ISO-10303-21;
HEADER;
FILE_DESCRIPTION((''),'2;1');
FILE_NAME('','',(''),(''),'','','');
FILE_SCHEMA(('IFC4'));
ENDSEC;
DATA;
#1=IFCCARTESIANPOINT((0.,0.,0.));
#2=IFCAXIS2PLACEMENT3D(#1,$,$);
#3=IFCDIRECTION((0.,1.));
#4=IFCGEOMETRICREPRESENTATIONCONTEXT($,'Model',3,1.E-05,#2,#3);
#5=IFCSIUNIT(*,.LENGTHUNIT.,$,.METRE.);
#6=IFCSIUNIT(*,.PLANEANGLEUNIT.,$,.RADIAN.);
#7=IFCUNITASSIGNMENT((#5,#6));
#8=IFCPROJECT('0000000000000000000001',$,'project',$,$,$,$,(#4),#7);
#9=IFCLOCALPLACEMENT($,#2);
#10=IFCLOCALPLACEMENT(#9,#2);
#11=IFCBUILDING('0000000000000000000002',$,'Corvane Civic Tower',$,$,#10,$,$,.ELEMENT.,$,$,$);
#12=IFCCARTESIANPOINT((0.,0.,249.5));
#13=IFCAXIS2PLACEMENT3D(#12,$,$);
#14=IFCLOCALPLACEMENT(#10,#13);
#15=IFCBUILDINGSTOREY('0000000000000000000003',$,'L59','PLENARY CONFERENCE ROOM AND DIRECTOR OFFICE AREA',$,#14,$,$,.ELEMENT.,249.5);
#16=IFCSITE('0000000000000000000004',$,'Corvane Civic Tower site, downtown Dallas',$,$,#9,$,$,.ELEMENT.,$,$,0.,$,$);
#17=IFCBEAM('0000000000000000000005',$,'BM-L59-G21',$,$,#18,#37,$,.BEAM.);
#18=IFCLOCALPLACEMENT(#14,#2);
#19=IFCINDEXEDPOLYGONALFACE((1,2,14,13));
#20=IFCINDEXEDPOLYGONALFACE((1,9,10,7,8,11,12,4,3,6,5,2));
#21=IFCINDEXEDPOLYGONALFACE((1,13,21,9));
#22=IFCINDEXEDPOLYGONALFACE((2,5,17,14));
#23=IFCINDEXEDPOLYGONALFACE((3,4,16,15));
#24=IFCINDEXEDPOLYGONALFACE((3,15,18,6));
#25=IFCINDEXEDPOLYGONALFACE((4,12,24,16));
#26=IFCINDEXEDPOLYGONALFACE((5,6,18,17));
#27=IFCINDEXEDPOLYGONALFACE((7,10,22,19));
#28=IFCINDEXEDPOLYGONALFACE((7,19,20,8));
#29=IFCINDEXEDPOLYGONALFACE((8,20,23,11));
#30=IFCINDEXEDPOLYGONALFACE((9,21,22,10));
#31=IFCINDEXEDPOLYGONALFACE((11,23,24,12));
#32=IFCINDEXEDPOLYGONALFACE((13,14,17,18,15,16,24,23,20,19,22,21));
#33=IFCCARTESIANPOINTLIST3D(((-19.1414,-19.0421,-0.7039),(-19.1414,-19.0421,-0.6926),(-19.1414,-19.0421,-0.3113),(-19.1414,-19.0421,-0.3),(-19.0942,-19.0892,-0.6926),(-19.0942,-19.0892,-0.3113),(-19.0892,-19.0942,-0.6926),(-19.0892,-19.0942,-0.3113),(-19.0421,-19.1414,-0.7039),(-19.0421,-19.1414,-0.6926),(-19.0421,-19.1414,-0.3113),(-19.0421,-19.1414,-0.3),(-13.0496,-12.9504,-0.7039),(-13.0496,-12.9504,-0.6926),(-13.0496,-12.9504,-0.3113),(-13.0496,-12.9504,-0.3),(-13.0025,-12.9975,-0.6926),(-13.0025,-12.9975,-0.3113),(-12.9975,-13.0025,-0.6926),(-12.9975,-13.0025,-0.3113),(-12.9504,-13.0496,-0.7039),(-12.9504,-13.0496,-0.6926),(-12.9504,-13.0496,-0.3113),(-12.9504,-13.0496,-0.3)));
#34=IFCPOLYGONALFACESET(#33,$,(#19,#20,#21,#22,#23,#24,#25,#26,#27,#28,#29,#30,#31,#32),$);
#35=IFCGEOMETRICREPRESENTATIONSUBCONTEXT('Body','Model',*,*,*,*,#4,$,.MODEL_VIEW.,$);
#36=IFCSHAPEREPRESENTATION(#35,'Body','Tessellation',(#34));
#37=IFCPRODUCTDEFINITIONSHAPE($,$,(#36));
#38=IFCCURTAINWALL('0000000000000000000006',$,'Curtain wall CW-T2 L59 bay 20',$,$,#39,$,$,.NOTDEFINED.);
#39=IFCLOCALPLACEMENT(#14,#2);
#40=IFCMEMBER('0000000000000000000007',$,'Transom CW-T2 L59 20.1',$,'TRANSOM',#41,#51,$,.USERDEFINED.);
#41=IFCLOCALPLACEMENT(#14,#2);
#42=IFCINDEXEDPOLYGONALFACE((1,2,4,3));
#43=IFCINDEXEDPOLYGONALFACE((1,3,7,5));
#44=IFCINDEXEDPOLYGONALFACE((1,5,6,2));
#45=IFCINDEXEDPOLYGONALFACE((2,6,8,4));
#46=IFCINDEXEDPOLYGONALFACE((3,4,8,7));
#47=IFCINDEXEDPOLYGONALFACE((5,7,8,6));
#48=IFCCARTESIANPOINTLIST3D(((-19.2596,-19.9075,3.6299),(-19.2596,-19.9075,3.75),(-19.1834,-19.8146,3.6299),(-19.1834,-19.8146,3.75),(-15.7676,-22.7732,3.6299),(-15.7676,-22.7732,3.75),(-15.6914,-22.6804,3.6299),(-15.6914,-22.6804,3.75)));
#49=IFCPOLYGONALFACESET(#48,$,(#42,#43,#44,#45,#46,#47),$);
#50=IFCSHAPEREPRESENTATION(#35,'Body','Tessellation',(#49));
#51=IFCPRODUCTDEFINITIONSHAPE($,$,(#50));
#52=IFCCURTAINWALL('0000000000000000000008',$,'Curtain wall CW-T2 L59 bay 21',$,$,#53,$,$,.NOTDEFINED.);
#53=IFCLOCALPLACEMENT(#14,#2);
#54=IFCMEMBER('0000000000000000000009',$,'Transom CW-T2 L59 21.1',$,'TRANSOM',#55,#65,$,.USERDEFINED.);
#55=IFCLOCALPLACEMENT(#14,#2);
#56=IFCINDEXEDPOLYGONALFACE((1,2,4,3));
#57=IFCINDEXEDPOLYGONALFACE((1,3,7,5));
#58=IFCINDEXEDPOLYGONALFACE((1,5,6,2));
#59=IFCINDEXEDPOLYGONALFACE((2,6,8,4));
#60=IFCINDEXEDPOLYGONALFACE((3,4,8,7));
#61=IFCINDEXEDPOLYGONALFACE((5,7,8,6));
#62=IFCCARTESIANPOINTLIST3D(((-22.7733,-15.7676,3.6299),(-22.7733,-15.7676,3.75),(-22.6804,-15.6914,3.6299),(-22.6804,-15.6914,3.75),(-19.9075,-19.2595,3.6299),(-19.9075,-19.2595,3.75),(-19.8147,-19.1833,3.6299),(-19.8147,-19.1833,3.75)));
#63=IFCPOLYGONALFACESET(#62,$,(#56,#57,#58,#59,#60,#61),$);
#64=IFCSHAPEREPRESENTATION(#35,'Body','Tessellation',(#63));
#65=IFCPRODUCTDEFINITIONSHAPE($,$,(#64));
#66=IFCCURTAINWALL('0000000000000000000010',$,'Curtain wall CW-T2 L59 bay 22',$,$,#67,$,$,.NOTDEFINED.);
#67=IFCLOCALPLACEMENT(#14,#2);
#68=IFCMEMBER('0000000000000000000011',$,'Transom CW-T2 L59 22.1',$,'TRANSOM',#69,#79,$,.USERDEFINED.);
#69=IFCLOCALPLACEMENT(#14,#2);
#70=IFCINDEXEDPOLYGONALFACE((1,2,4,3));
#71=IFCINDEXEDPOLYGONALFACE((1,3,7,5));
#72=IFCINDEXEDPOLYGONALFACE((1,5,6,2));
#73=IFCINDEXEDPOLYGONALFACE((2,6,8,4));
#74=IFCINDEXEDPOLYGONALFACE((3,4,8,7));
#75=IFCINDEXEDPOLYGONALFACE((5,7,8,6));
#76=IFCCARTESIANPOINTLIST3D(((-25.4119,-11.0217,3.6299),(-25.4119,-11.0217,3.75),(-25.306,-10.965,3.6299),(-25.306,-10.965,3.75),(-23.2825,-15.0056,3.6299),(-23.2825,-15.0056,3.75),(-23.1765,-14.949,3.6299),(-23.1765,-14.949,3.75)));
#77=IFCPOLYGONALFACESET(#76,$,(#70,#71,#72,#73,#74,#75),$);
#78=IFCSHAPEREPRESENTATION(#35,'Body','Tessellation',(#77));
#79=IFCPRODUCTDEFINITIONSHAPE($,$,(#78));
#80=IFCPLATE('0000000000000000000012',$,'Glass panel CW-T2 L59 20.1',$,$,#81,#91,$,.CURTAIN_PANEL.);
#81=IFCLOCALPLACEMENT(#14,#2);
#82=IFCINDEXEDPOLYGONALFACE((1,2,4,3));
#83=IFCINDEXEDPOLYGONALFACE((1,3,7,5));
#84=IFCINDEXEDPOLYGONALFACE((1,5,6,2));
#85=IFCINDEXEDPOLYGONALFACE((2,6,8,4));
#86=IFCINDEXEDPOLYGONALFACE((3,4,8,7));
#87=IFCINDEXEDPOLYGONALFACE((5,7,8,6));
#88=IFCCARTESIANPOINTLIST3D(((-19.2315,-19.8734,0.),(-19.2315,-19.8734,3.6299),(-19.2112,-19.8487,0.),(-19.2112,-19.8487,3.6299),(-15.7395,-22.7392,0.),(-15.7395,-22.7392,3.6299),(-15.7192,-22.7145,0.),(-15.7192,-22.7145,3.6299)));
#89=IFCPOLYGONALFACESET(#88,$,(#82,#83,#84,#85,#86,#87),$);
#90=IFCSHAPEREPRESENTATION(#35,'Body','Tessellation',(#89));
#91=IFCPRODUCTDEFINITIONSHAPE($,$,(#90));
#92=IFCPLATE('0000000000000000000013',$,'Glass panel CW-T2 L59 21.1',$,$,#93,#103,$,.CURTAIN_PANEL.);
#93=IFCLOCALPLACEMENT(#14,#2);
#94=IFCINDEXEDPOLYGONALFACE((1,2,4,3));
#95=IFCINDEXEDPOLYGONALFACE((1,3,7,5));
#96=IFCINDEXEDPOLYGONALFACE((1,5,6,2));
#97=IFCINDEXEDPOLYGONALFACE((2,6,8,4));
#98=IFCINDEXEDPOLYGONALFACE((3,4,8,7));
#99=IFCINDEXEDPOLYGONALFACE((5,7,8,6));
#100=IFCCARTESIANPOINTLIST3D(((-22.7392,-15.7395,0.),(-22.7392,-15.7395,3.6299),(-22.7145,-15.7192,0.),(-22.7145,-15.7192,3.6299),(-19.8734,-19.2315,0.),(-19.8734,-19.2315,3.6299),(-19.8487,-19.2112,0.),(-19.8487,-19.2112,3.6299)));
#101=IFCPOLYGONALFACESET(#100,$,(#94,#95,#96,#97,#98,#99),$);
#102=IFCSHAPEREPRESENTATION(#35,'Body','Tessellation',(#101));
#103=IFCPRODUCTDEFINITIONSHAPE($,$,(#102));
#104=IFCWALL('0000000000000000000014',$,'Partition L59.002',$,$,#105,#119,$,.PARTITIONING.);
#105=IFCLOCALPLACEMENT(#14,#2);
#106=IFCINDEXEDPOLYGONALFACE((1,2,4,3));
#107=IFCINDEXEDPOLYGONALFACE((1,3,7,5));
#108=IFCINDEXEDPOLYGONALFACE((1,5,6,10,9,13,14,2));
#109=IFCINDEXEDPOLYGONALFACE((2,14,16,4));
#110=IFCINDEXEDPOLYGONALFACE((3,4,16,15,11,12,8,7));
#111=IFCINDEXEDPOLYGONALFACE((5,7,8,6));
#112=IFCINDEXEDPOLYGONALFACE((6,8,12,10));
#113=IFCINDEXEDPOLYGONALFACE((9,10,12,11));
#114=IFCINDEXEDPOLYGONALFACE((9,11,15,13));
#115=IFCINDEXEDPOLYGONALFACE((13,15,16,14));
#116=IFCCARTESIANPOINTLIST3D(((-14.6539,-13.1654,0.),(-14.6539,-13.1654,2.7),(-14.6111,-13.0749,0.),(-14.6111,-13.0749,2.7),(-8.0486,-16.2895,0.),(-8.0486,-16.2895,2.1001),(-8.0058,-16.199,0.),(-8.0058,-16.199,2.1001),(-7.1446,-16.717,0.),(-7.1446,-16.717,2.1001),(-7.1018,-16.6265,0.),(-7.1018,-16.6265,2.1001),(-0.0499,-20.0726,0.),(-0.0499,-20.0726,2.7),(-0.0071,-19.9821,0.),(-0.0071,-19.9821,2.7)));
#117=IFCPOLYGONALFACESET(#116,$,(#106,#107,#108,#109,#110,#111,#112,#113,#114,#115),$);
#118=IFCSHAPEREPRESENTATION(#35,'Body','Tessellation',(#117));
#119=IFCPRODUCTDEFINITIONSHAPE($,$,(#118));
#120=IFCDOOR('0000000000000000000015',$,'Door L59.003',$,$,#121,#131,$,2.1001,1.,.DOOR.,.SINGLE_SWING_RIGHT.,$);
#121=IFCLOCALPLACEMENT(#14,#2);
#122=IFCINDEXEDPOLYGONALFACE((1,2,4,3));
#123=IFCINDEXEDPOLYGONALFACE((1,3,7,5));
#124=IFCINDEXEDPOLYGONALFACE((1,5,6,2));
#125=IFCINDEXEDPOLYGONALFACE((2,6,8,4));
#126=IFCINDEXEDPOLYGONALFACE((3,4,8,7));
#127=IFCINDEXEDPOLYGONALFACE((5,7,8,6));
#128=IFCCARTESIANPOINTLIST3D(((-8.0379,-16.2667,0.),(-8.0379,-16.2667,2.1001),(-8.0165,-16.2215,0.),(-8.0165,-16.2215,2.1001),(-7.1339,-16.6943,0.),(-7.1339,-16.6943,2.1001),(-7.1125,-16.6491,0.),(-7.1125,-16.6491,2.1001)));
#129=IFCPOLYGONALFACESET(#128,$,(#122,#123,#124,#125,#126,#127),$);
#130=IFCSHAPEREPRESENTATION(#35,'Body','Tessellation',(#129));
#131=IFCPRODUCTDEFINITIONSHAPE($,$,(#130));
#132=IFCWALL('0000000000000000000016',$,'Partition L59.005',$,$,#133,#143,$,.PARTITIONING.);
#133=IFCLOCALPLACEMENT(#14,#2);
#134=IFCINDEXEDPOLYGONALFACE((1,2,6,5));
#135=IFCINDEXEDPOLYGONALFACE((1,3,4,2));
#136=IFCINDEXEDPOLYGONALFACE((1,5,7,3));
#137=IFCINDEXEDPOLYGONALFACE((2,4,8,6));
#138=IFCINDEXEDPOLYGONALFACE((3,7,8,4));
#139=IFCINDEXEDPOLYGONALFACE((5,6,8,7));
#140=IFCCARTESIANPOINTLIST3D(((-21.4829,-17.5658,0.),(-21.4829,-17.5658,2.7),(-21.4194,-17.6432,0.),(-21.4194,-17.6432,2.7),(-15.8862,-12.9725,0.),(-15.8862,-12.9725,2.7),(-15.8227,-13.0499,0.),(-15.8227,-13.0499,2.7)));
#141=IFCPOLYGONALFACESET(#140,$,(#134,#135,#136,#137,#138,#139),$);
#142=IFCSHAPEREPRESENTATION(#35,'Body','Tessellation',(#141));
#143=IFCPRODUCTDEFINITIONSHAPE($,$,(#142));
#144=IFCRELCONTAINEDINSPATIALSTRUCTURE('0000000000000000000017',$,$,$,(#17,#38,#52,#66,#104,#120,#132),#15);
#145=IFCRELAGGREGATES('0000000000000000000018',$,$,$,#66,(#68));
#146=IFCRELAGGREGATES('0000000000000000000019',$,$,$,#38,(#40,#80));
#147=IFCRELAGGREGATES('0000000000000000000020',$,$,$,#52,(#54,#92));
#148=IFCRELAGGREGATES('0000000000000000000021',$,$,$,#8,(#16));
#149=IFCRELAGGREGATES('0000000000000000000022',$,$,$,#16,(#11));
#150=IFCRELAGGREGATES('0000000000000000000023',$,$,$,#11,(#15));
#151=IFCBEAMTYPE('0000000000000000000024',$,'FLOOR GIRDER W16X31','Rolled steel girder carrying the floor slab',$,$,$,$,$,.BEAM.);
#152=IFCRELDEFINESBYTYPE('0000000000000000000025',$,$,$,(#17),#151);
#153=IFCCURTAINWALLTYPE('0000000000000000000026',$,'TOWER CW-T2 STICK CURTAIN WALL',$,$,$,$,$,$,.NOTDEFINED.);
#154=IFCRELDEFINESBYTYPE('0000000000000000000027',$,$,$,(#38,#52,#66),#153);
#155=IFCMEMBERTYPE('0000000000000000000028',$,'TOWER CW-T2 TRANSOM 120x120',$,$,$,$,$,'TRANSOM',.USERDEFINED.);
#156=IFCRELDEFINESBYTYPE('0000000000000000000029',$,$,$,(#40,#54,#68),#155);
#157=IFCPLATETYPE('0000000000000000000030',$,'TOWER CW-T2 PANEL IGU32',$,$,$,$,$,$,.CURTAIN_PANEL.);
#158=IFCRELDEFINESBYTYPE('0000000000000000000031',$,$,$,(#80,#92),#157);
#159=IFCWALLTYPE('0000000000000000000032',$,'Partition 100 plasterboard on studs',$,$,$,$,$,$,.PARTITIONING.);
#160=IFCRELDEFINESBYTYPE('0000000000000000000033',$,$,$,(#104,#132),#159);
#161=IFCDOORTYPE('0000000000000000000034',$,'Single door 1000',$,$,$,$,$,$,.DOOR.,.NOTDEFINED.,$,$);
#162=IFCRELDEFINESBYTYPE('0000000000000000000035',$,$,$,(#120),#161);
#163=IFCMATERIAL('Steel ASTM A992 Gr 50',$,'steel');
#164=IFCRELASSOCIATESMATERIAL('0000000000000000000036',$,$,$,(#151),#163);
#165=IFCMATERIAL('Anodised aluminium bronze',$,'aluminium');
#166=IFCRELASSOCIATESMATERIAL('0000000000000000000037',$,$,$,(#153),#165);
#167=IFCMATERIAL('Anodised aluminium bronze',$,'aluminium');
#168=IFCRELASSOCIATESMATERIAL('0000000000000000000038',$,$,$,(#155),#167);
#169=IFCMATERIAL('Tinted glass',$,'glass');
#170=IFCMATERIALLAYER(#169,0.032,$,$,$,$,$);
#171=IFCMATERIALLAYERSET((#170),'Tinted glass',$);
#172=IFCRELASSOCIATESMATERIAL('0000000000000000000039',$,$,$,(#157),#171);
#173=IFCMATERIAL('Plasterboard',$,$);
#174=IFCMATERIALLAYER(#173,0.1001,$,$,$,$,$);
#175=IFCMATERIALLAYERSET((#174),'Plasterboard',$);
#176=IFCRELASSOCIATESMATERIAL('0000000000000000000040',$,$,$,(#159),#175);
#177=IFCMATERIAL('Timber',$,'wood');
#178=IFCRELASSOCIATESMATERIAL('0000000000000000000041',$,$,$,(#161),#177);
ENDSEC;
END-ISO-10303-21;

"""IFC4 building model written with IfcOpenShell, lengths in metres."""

from ifc_helpers import new_model, si_unit, direction, frame, frame_2d, origin, origin_2d, place, context, subcontext, project, spatial, rectangle, i_section, extrude, material, layer, layer_set, material_profile, profile_set, type_object, element, fill, aggregate, save


model = new_model("IFC4")

# Units and contexts
model_context = context("Model", 3, precision=1e-05, world=origin(), true_north=direction((0.0, 1.0)))
body_context = subcontext(model_context, "Body", "Model", "MODEL_VIEW")
ifc_project = project(units=[si_unit("LENGTHUNIT", "METRE"), si_unit("PLANEANGLEUNIT", "RADIAN")], contexts=[model_context])

# Site, building, storey
site_placement = place(None, origin())
site = spatial("IfcSite", under=ifc_project, at=site_placement, Name="Corvane Civic Tower site, downtown Dallas", CompositionType="ELEMENT", RefElevation=0.0)
building_placement = place(site_placement, origin())
building = spatial("IfcBuilding", under=site, at=building_placement, Name="Corvane Civic Tower", CompositionType="ELEMENT")
storey_placement = place(building_placement, frame((0.0, 0.0, 249.5)))
storey = spatial("IfcBuildingStorey", under=building, at=storey_placement, Name="L59", Description="PLENARY CONFERENCE ROOM AND DIRECTOR OFFICE AREA", CompositionType="ELEMENT", Elevation=249.5)

# Beam
ifc_material_1 = material(Name="Steel ASTM A992 Gr 50", Category="steel")
ifc_material_profile_1 = material_profile(ifc_material_1, i_section(OverallWidth=0.1404, OverallDepth=0.4038, WebThickness=0.0071, FlangeThickness=0.0112, at=origin_2d()), Name="W16X31")
ifc_profile_set_1 = profile_set([ifc_material_profile_1], Name="Steel ASTM A992 Gr 50")
beam_type_1 = type_object("IfcBeamType", Name="FLOOR GIRDER W16X31", Description="Rolled steel girder carrying the floor slab", PredefinedType="BEAM", material=ifc_profile_set_1)
beam_placement = place(storey_placement, frame((-13.0, -13.0, -0.502), z_axis=(-0.707107, -0.707107, 0.0), x_axis=(0.707107, -0.707107, 0.0)))
element("IfcBeam", 1, at=beam_placement, inside=storey, type_object=beam_type_1, Name="BM-L59-G21", PredefinedType="BEAM", context=body_context, shape_type="SweptSolid", body=[
    extrude(i_section(OverallWidth=0.1404, OverallDepth=0.4038, WebThickness=0.0071, FlangeThickness=0.0112, at=origin_2d()), origin(), (0.0, 0.0, 1.0), 8.615),
])

# Curtain walls, members
ifc_material_2 = material(Name="Anodised aluminium bronze", Category="aluminium")
curtain_wall_type = type_object("IfcCurtainWallType", Name="TOWER CW-T2 STICK CURTAIN WALL", PredefinedType="NOTDEFINED", material=ifc_material_2)
curtain_wall_1_placement = place(storey_placement, origin())
curtain_wall_1 = element("IfcCurtainWall", 2, at=curtain_wall_1_placement, inside=storey, type_object=curtain_wall_type, Name="Curtain wall CW-T2 L59 bay 20", PredefinedType="NOTDEFINED")
ifc_material_3 = material(Name="Anodised aluminium bronze", Category="aluminium")
ifc_material_profile_2 = material_profile(ifc_material_3, rectangle(XDim=0.1201, YDim=0.1201, at=origin_2d()), Name="TOWER CW-T2 TRANSOM 120x120")
ifc_profile_set_2 = profile_set([ifc_material_profile_2], Name="Anodised aluminium bronze")
member_type = type_object("IfcMemberType", Name="TOWER CW-T2 TRANSOM 120x120", ElementType="TRANSOM", PredefinedType="USERDEFINED", material=ifc_profile_set_2)
member_1_placement = place(storey_placement, frame((-15.7295, -22.7268, 3.6899), z_axis=(-0.773015, 0.634388, 0.0), x_axis=(-0.634388, -0.773015, 0.0)))
member_1 = element("IfcMember", 3, at=member_1_placement, type_object=member_type, Name="Transom CW-T2 L59 20.1", ObjectType="TRANSOM", PredefinedType="USERDEFINED", context=body_context, shape_type="SweptSolid", body=[
    extrude(rectangle(XDim=0.1201, YDim=0.1201, at=origin_2d()), origin(), (0.0, 0.0, 1.0), 4.5173),
])
curtain_wall_2_placement = place(storey_placement, origin())
curtain_wall_2 = element("IfcCurtainWall", 4, at=curtain_wall_2_placement, inside=storey, type_object=curtain_wall_type, Name="Curtain wall CW-T2 L59 bay 21", PredefinedType="NOTDEFINED")
member_2_placement = place(storey_placement, frame((-19.8611, -19.2214, 3.6899), z_axis=(-0.634388, 0.773015, 0.0), x_axis=(-0.773015, -0.634388, 0.0)))
member_2 = element("IfcMember", 5, at=member_2_placement, type_object=member_type, Name="Transom CW-T2 L59 21.1", ObjectType="TRANSOM", PredefinedType="USERDEFINED", context=body_context, shape_type="SweptSolid", body=[
    extrude(rectangle(XDim=0.1201, YDim=0.1201, at=origin_2d()), origin(), (0.0, 0.0, 1.0), 4.5173),
])
curtain_wall_3_placement = place(storey_placement, origin())
curtain_wall_3 = element("IfcCurtainWall", 6, at=curtain_wall_3_placement, inside=storey, type_object=curtain_wall_type, Name="Curtain wall CW-T2 L59 bay 22", PredefinedType="NOTDEFINED")
member_3_placement = place(storey_placement, frame((-23.2295, -14.9773, 3.6899), z_axis=(-0.47139, 0.881925, 0.0), x_axis=(-0.881925, -0.47139, 0.0)))
member_3 = element("IfcMember", 7, at=member_3_placement, type_object=member_type, Name="Transom CW-T2 L59 22.1", ObjectType="TRANSOM", PredefinedType="USERDEFINED", context=body_context, shape_type="SweptSolid", body=[
    extrude(rectangle(XDim=0.1201, YDim=0.1201, at=origin_2d()), origin(), (0.0, 0.0, 1.0), 4.5173),
])
aggregate(curtain_wall_3, [member_3])

# Plates
ifc_material_4 = material(Name="Tinted glass", Category="glass")
ifc_layer_1 = layer(ifc_material_4, 0.032)
ifc_layer_set_1 = layer_set([ifc_layer_1], Name="Tinted glass")
plate_type = type_object("IfcPlateType", Name="TOWER CW-T2 PANEL IGU32", PredefinedType="CURTAIN_PANEL", material=ifc_layer_set_1)
plate_1_placement = place(storey_placement, frame((-17.4753, -21.2939, 0.0), z_axis=(0.0, 0.0, 1.0), x_axis=(-0.773012, 0.634391, 0.0)))
plate_1 = element("IfcPlate", 8, at=plate_1_placement, type_object=plate_type, Name="Glass panel CW-T2 L59 20.1", PredefinedType="CURTAIN_PANEL", context=body_context, shape_type="SweptSolid", body=[
    extrude(rectangle(XDim=4.5173, YDim=0.032, at=origin_2d()), origin(), (0.0, 0.0, 1.0), 3.6299),
])
aggregate(curtain_wall_1, [member_1, plate_1])
plate_2_placement = place(storey_placement, frame((-21.2939, -17.4753, 0.0), z_axis=(0.0, 0.0, 1.0), x_axis=(-0.634391, 0.773012, 0.0)))
plate_2 = element("IfcPlate", 9, at=plate_2_placement, type_object=plate_type, Name="Glass panel CW-T2 L59 21.1", PredefinedType="CURTAIN_PANEL", context=body_context, shape_type="SweptSolid", body=[
    extrude(rectangle(XDim=4.5173, YDim=0.032, at=origin_2d()), origin(), (0.0, 0.0, 1.0), 3.6299),
])
aggregate(curtain_wall_2, [member_2, plate_2])

# Wall, opening, door
ifc_material_5 = material(Name="Plasterboard")
ifc_layer_2 = layer(ifc_material_5, 0.1001)
ifc_layer_set_2 = layer_set([ifc_layer_2], Name="Plasterboard")
wall_type_1 = type_object("IfcWallType", Name="Partition 100 plasterboard on studs", PredefinedType="PARTITIONING", material=ifc_layer_set_2)
wall_1_placement = place(storey_placement, frame((-14.6326, -13.1201, 0.0), z_axis=(0.0, 0.0, 1.0), x_axis=(0.903988, -0.427557, 0.0)))
wall_1 = element("IfcWall", 10, at=wall_1_placement, inside=storey, type_object=wall_type_1, Name="Partition L59.002", PredefinedType="PARTITIONING", context=body_context, shape_type="SweptSolid", body=[
    extrude(rectangle(XDim=16.155, YDim=0.1001, at=frame_2d((8.0776, 0.0))), origin(), (0.0, 0.0, 1.0), 2.7),
])
opening_1_placement = place(wall_1_placement, frame((7.3069, 0.0, 0.0)))
opening_1 = element("IfcOpeningElement", 11, at=opening_1_placement, cuts=wall_1, PredefinedType="OPENING", context=body_context, shape_type="SweptSolid", body=[
    extrude(rectangle(XDim=1.0, YDim=2.1001, at=frame_2d((0.5, 1.05))), frame((0.0, 0.0601, 0.0), z_axis=(0.0, -1.0, 0.0), x_axis=(1.0, 0.0, 0.0)), (0.0, 0.0, 1.0), 0.1201),
])
ifc_material_6 = material(Name="Timber", Category="wood")
door_type_1 = type_object("IfcDoorType", Name="Single door 1000", OperationType="NOTDEFINED", PredefinedType="DOOR", material=ifc_material_6)
door_1_placement = place(opening_1_placement, frame((1.0, 0.0, 0.0), z_axis=(0.0, 0.0, 1.0), x_axis=(-1.0, 0.0, 0.0)))
door_1 = element("IfcDoor", 12, at=door_1_placement, inside=storey, type_object=door_type_1, Name="Door L59.003", OperationType="SINGLE_SWING_RIGHT", OverallHeight=2.1001, OverallWidth=1.0, PredefinedType="DOOR", context=body_context, shape_type="SweptSolid", body=[
    extrude(rectangle(XDim=1.0, YDim=2.1001, at=frame_2d((0.5, 1.05))), frame((0.0, 0.0249, 0.0), z_axis=(0.0, -1.0, 0.0), x_axis=(1.0, 0.0, 0.0)), (0.0, 0.0, 1.0), 0.05),
])
fill(opening_1, door_1)

# Wall
wall_2_placement = place(storey_placement, frame((-21.4512, -17.6045, 0.0), z_axis=(0.0, 0.0, 1.0), x_axis=(0.772998, 0.634409, 0.0)))
element("IfcWall", 13, at=wall_2_placement, inside=storey, type_object=wall_type_1, Name="Partition L59.005", PredefinedType="PARTITIONING", context=body_context, shape_type="SweptSolid", body=[
    extrude(rectangle(XDim=7.2402, YDim=0.1001, at=frame_2d((3.6201, 0.0))), origin(), (0.0, 0.0, 1.0), 2.7),
])

save(model, "model.ifc")
